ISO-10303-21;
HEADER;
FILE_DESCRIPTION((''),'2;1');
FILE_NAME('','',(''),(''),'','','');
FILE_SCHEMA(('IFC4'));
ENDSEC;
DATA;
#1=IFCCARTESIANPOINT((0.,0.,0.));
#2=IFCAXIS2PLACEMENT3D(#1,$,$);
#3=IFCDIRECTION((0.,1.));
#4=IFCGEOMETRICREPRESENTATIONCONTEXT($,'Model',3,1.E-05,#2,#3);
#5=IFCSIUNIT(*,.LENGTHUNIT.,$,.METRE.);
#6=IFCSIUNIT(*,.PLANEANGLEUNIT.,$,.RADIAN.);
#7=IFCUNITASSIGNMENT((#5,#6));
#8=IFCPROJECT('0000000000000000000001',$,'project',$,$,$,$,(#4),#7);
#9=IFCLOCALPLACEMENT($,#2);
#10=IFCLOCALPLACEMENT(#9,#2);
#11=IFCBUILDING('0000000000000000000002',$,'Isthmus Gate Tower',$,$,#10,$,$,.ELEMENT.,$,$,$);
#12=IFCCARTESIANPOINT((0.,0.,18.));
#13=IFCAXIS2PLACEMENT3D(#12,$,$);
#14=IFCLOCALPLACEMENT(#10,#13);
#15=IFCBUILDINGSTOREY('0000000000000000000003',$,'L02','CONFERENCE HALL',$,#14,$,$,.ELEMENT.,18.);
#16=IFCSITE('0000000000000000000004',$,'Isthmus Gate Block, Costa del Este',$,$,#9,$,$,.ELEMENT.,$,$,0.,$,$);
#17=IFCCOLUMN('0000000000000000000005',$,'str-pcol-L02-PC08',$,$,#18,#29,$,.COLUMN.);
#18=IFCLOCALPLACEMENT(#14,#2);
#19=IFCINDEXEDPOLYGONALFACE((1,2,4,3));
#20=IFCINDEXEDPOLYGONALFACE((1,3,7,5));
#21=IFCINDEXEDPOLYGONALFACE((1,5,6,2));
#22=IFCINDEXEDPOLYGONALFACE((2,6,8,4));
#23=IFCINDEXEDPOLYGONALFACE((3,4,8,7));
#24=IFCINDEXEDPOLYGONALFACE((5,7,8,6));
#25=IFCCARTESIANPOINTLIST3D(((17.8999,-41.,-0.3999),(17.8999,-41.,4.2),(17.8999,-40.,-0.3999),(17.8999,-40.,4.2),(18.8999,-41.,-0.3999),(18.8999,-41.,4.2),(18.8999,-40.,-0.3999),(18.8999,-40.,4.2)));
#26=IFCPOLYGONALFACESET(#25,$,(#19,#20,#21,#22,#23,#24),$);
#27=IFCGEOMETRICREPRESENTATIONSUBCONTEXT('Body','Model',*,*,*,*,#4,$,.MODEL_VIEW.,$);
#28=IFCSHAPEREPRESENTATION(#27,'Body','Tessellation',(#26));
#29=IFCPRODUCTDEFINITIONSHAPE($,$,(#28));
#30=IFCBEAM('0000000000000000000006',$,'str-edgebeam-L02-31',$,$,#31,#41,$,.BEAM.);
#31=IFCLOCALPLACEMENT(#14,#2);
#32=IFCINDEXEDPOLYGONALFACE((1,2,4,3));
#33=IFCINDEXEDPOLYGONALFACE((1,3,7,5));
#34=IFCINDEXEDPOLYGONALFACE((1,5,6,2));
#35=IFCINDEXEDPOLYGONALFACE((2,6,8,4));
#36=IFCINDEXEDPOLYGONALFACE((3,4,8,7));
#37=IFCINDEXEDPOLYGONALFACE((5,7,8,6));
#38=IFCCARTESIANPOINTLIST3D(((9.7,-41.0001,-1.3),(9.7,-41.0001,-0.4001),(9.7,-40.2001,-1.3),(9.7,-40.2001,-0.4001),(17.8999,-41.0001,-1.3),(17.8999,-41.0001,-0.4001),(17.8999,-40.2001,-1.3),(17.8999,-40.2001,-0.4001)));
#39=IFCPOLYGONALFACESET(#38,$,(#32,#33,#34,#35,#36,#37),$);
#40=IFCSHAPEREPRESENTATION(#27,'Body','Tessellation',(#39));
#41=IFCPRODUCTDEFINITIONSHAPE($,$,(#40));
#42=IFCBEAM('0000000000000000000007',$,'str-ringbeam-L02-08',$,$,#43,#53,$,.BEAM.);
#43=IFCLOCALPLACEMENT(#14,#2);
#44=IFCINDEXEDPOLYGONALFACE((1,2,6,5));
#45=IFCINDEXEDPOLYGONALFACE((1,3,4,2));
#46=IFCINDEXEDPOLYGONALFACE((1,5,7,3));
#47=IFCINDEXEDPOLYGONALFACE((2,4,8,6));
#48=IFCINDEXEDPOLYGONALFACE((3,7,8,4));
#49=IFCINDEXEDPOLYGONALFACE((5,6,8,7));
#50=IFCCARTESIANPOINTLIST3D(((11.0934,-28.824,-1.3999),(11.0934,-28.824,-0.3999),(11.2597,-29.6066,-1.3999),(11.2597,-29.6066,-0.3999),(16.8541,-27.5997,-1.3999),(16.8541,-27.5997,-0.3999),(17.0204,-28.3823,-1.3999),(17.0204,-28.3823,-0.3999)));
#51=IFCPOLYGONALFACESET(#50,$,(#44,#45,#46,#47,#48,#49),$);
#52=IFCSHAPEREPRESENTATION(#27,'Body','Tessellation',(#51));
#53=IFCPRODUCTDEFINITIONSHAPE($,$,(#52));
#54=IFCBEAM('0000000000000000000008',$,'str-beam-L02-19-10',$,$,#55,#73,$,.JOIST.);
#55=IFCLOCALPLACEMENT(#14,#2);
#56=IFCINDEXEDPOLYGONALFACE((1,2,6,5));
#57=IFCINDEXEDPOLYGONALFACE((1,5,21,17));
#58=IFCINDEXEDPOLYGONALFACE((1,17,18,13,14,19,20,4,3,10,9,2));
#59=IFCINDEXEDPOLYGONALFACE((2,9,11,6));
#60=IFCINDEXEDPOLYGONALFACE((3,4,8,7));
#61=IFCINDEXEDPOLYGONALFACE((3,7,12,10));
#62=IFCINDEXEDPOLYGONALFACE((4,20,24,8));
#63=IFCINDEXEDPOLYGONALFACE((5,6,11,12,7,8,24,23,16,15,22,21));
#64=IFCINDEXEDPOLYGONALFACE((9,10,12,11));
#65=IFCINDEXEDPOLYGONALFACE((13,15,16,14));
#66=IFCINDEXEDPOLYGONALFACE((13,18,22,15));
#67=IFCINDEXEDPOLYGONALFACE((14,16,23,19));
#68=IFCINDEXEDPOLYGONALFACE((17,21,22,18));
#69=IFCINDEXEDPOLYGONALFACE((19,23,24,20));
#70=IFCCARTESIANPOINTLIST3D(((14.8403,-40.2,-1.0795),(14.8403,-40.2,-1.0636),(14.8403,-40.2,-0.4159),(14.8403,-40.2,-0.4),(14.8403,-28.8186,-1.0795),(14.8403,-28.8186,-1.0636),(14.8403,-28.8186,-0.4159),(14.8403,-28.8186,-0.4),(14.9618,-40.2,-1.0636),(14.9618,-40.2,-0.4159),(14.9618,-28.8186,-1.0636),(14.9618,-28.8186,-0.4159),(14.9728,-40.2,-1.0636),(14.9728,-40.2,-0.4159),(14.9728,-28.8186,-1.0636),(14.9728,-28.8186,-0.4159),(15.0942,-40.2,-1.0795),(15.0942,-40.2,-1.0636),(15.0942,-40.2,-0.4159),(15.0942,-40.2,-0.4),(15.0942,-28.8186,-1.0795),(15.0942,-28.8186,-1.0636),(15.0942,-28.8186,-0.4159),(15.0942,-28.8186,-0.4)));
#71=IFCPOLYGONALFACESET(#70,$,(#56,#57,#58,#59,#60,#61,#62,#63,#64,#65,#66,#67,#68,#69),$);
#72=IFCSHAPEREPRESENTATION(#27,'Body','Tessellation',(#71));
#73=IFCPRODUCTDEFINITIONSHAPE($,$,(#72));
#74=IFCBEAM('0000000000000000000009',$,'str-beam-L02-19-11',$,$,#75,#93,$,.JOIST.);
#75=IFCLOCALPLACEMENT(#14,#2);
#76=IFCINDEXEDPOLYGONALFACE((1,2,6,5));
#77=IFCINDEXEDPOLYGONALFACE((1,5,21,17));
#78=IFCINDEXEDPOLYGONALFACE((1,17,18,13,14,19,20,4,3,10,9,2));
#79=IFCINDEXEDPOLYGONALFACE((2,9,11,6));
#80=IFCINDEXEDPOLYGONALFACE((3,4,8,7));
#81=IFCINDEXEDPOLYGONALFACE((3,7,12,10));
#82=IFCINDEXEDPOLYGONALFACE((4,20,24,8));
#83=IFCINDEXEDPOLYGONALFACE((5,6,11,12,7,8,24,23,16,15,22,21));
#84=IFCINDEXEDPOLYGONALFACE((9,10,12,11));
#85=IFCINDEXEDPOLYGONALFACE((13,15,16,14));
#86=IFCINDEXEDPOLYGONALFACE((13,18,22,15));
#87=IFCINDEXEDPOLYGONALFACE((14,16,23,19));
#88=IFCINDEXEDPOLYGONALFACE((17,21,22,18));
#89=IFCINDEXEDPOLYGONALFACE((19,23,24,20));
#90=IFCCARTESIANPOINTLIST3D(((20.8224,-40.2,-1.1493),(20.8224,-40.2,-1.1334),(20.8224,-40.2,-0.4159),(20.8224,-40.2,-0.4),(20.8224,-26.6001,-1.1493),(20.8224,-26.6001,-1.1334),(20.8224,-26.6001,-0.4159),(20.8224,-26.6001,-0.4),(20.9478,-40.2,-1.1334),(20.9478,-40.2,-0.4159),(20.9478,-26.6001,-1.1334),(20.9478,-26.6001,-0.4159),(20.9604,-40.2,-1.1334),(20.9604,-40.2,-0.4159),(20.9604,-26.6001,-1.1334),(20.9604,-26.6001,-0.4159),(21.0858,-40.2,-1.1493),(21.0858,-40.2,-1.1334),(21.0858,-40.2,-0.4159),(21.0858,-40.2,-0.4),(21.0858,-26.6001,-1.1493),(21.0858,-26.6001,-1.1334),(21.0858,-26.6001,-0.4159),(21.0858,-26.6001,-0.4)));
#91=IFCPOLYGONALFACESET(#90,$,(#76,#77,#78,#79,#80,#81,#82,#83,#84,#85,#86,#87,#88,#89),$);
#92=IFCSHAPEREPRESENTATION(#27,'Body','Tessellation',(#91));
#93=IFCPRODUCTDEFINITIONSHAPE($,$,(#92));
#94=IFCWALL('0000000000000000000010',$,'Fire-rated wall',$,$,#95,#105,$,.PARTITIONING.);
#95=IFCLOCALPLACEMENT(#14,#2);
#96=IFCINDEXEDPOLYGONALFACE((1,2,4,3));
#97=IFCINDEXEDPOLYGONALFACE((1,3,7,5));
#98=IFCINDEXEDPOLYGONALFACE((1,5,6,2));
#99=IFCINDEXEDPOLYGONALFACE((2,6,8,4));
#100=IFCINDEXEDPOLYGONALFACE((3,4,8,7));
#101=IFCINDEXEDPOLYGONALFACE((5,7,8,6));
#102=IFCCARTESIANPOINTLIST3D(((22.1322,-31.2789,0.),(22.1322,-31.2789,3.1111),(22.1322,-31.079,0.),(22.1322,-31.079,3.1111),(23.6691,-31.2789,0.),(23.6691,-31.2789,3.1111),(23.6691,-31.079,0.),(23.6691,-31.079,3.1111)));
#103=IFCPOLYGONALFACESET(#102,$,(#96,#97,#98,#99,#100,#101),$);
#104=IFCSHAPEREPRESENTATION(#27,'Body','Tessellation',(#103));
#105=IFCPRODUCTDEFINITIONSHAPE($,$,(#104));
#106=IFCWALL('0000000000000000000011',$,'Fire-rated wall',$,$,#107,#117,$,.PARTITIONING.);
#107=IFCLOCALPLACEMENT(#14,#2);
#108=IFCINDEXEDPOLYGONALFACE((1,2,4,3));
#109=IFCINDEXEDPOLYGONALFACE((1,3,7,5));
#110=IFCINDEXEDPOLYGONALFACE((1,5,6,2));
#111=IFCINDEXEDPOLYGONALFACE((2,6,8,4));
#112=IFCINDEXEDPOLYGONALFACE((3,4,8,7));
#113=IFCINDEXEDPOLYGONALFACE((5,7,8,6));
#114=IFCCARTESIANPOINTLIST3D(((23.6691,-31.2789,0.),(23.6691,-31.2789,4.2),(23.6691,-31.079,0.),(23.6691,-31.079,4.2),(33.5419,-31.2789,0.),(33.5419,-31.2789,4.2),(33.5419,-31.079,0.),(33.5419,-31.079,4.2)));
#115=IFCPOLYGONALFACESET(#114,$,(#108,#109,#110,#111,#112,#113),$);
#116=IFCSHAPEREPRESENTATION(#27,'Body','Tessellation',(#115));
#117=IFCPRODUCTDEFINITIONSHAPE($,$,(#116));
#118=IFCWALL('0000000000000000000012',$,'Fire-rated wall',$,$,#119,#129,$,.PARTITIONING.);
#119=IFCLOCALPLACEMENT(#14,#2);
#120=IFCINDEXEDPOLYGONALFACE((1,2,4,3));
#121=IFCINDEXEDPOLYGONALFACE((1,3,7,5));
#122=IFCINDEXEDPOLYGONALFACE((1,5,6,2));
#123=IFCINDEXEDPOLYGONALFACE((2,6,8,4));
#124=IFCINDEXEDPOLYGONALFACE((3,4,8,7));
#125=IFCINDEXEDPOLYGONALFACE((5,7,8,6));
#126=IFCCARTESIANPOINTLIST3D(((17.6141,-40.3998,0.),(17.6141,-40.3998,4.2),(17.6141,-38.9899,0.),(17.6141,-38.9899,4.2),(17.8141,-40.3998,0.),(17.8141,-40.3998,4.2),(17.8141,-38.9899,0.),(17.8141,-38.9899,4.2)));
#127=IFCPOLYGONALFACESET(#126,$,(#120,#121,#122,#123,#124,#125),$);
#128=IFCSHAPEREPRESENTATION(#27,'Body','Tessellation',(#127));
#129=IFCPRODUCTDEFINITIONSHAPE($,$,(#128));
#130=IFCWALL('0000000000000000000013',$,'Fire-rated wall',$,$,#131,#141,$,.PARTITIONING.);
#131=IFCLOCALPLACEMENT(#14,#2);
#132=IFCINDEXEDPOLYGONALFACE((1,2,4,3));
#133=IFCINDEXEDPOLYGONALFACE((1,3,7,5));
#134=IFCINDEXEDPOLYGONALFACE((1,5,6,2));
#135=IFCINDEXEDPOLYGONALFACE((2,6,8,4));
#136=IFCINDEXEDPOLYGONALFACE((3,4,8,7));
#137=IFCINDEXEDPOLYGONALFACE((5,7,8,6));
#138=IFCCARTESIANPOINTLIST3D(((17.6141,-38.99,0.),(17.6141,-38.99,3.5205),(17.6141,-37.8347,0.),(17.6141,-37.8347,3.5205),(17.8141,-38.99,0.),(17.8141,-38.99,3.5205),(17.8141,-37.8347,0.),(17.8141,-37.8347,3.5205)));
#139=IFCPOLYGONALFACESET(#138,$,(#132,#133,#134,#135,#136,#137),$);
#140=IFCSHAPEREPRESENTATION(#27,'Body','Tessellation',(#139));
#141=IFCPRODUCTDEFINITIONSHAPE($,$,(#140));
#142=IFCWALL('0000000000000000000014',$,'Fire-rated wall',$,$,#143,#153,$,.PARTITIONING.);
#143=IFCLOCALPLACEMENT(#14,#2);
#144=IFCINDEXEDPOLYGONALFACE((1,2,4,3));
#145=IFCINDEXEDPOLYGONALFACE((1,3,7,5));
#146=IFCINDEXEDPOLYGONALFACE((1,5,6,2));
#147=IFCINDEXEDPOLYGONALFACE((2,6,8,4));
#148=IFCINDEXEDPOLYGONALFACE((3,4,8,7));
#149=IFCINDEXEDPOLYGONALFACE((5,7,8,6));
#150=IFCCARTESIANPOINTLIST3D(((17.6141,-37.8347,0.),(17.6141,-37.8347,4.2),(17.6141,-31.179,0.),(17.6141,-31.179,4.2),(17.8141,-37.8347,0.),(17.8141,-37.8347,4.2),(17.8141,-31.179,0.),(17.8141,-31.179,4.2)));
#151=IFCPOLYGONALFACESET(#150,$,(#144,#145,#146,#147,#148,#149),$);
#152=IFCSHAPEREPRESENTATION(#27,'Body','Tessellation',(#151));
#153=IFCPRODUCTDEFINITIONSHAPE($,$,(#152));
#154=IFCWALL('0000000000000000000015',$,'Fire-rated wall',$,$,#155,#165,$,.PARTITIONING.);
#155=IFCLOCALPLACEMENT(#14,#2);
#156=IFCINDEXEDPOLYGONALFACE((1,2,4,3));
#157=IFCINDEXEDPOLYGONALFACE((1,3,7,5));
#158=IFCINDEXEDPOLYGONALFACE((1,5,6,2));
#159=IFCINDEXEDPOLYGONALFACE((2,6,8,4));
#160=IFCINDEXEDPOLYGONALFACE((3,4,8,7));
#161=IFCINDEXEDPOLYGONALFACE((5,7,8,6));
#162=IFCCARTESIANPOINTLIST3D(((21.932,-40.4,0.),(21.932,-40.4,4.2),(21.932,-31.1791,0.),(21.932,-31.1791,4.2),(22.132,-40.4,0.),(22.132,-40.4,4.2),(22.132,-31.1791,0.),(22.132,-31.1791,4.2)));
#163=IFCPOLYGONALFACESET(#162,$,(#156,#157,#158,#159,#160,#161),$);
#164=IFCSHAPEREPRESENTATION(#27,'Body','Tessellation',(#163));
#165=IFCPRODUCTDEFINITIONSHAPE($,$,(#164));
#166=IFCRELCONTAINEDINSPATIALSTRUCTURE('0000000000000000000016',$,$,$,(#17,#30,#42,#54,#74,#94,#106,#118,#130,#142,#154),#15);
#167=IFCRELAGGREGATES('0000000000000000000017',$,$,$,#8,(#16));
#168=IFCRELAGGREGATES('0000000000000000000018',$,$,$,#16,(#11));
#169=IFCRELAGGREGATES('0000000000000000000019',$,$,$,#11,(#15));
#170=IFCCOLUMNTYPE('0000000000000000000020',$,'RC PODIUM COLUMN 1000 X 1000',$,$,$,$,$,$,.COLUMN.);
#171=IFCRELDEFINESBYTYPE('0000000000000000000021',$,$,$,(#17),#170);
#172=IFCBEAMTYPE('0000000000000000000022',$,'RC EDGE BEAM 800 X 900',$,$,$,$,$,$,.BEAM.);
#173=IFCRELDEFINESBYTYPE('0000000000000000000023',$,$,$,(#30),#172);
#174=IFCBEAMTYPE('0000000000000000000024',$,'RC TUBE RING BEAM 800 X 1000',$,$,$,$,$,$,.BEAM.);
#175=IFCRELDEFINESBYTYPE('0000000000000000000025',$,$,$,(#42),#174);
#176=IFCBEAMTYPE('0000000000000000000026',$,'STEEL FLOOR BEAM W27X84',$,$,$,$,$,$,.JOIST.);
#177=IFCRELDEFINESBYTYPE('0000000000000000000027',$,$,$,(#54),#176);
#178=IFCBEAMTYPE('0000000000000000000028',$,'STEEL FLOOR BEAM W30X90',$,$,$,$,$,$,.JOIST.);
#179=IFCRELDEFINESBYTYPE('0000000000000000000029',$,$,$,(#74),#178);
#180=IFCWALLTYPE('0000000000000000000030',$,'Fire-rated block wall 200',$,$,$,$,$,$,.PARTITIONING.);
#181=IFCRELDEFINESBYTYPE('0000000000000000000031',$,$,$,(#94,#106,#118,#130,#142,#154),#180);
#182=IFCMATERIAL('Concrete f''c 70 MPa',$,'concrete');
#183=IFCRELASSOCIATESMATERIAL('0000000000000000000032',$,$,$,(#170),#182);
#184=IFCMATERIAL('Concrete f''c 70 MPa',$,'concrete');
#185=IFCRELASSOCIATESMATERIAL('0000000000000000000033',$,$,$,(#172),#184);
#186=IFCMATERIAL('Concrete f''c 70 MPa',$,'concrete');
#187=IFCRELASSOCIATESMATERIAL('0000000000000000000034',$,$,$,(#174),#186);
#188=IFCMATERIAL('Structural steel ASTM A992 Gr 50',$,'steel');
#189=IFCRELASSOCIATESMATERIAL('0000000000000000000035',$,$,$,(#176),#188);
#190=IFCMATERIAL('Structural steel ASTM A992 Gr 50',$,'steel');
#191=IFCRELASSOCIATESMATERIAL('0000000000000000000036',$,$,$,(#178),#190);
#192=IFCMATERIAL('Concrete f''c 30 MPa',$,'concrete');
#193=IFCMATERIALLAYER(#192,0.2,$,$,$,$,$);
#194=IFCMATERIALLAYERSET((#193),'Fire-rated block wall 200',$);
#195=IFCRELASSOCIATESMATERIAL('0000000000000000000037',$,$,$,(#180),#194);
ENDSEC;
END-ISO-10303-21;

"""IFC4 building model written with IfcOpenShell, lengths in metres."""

from ifc_helpers import new_model, si_unit, direction, frame, frame_2d, origin, origin_2d, place, context, subcontext, project, spatial, rectangle, i_section, extrude, material, layer, layer_set, material_profile, profile_set, type_object, element, save


model = new_model("IFC4")

# Units and contexts
model_context = context("Model", 3, precision=1e-05, world=origin(), true_north=direction((0.0, 1.0)))
body_context = subcontext(model_context, "Body", "Model", "MODEL_VIEW")
ifc_project = project(units=[si_unit("LENGTHUNIT", "METRE"), si_unit("PLANEANGLEUNIT", "RADIAN")], contexts=[model_context])

# Site, building, storey
site_placement = place(None, origin())
site = spatial("IfcSite", under=ifc_project, at=site_placement, Name="Isthmus Gate Block, Costa del Este", CompositionType="ELEMENT", RefElevation=0.0)
building_placement = place(site_placement, origin())
building = spatial("IfcBuilding", under=site, at=building_placement, Name="Isthmus Gate Tower", CompositionType="ELEMENT")
storey_placement = place(building_placement, frame((0.0, 0.0, 18.0)))
storey = spatial("IfcBuildingStorey", under=building, at=storey_placement, Name="L02", Description="CONFERENCE HALL", CompositionType="ELEMENT", Elevation=18.0)

# Column
ifc_material_1 = material(Name="Concrete f'c 70 MPa", Category="concrete")
ifc_material_profile_1 = material_profile(ifc_material_1, rectangle(XDim=1.0, YDim=1.0, at=origin_2d()), Name="RC 1000X1000")
ifc_profile_set_1 = profile_set([ifc_material_profile_1], Name="Concrete f'c 70 MPa")
column_type = type_object("IfcColumnType", Name="RC PODIUM COLUMN 1000 X 1000", PredefinedType="COLUMN", material=ifc_profile_set_1)
column_placement = place(storey_placement, frame((18.3999, -40.5, -0.3999), z_axis=(0.0, 0.0, 1.0), x_axis=(1.0, 0.0, 0.0)))
element("IfcColumn", 1, at=column_placement, inside=storey, type_object=column_type, Name="str-pcol-L02-PC08", PredefinedType="COLUMN", context=body_context, shape_type="SweptSolid", body=[
    extrude(rectangle(XDim=1.0, YDim=1.0, at=origin_2d()), origin(), (0.0, 0.0, 1.0), 4.5999),
])

# Beams
ifc_material_2 = material(Name="Concrete f'c 70 MPa", Category="concrete")
ifc_material_profile_2 = material_profile(ifc_material_2, rectangle(XDim=0.8, YDim=0.8999, at=origin_2d()), Name="RC 800X900")
ifc_profile_set_2 = profile_set([ifc_material_profile_2], Name="Concrete f'c 70 MPa")
beam_type_1 = type_object("IfcBeamType", Name="RC EDGE BEAM 800 X 900", PredefinedType="BEAM", material=ifc_profile_set_2)
beam_1_placement = place(storey_placement, frame((17.8999, -40.6001, -0.8501), z_axis=(-1.0, 0.0, 0.0), x_axis=(0.0, -1.0, 0.0)))
element("IfcBeam", 2, at=beam_1_placement, inside=storey, type_object=beam_type_1, Name="str-edgebeam-L02-31", PredefinedType="BEAM", context=body_context, shape_type="SweptSolid", body=[
    extrude(rectangle(XDim=0.8, YDim=0.8999, at=origin_2d()), origin(), (0.0, 0.0, 1.0), 8.2),
])
ifc_material_3 = material(Name="Concrete f'c 70 MPa", Category="concrete")
ifc_material_profile_3 = material_profile(ifc_material_3, rectangle(XDim=0.8, YDim=1.0, at=origin_2d()), Name="RC 800X1000")
ifc_profile_set_3 = profile_set([ifc_material_profile_3], Name="Concrete f'c 70 MPa")
beam_type_2 = type_object("IfcBeamType", Name="RC TUBE RING BEAM 800 X 1000", PredefinedType="BEAM", material=ifc_profile_set_3)
beam_2_placement = place(storey_placement, frame((16.9373, -27.991, -0.8999), z_axis=(-0.978152, -0.207892, 0.0), x_axis=(0.207892, -0.978152, 0.0)))
element("IfcBeam", 3, at=beam_2_placement, inside=storey, type_object=beam_type_2, Name="str-ringbeam-L02-08", PredefinedType="BEAM", context=body_context, shape_type="SweptSolid", body=[
    extrude(rectangle(XDim=0.8, YDim=1.0, at=origin_2d()), origin(), (0.0, 0.0, 1.0), 5.8894),
])
ifc_material_4 = material(Name="Structural steel ASTM A992 Gr 50", Category="steel")
ifc_material_profile_4 = material_profile(ifc_material_4, i_section(OverallWidth=0.2539, OverallDepth=0.6794, WebThickness=0.011, FlangeThickness=0.0159, at=origin_2d()), Name="W27X84")
ifc_profile_set_4 = profile_set([ifc_material_profile_4], Name="Structural steel ASTM A992 Gr 50")
beam_type_3 = type_object("IfcBeamType", Name="STEEL FLOOR BEAM W27X84", PredefinedType="JOIST", material=ifc_profile_set_4)
beam_3_placement = place(storey_placement, frame((14.9673, -40.2, -0.7397), z_axis=(0.0, 1.0, 0.0), x_axis=(-1.0, 0.0, 0.0)))
element("IfcBeam", 4, at=beam_3_placement, inside=storey, type_object=beam_type_3, Name="str-beam-L02-19-10", PredefinedType="JOIST", context=body_context, shape_type="SweptSolid", body=[
    extrude(i_section(OverallWidth=0.2539, OverallDepth=0.6794, WebThickness=0.011, FlangeThickness=0.0159, at=origin_2d()), origin(), (0.0, 0.0, 1.0), 11.3813),
])
ifc_material_5 = material(Name="Structural steel ASTM A992 Gr 50", Category="steel")
ifc_material_profile_5 = material_profile(ifc_material_5, i_section(OverallWidth=0.2634, OverallDepth=0.7493, WebThickness=0.0127, FlangeThickness=0.0159, at=origin_2d()), Name="W30X90")
ifc_profile_set_5 = profile_set([ifc_material_profile_5], Name="Structural steel ASTM A992 Gr 50")
beam_type_4 = type_object("IfcBeamType", Name="STEEL FLOOR BEAM W30X90", PredefinedType="JOIST", material=ifc_profile_set_5)
beam_4_placement = place(storey_placement, frame((20.9541, -40.2, -0.7747), z_axis=(0.0, 1.0, 0.0), x_axis=(-1.0, 0.0, 0.0)))
element("IfcBeam", 5, at=beam_4_placement, inside=storey, type_object=beam_type_4, Name="str-beam-L02-19-11", PredefinedType="JOIST", context=body_context, shape_type="SweptSolid", body=[
    extrude(i_section(OverallWidth=0.2634, OverallDepth=0.7493, WebThickness=0.0127, FlangeThickness=0.0159, at=origin_2d()), origin(), (0.0, 0.0, 1.0), 13.5999),
])

# Walls
ifc_material_6 = material(Name="Concrete f'c 30 MPa", Category="concrete")
ifc_layer_1 = layer(ifc_material_6, 0.2)
ifc_layer_set_1 = layer_set([ifc_layer_1], Name="Fire-rated block wall 200")
wall_type_1 = type_object("IfcWallType", Name="Fire-rated block wall 200", PredefinedType="PARTITIONING", material=ifc_layer_set_1)
wall_1_placement = place(storey_placement, frame((22.1321, -31.179, 0.0), z_axis=(0.0, 0.0, 1.0), x_axis=(1.0, 0.0, 0.0)))
element("IfcWall", 6, at=wall_1_placement, inside=storey, type_object=wall_type_1, Name="Fire-rated wall", PredefinedType="PARTITIONING", context=body_context, shape_type="SweptSolid", body=[
    extrude(rectangle(XDim=1.5369, YDim=0.2, at=frame_2d((0.7686, 0.0))), origin(), (0.0, 0.0, 1.0), 3.1111),
])
wall_2_placement = place(storey_placement, frame((23.6689, -31.179, 0.0), z_axis=(0.0, 0.0, 1.0), x_axis=(1.0, 0.0, 0.0)))
element("IfcWall", 7, at=wall_2_placement, inside=storey, type_object=wall_type_1, Name="Fire-rated wall", PredefinedType="PARTITIONING", context=body_context, shape_type="SweptSolid", body=[
    extrude(rectangle(XDim=9.8728, YDim=0.2, at=frame_2d((4.9365, 0.0))), origin(), (0.0, 0.0, 1.0), 4.2),
])
wall_3_placement = place(storey_placement, frame((17.7141, -40.3999, 0.0), z_axis=(0.0, 0.0, 1.0), x_axis=(0.0, 1.0, 0.0)))
element("IfcWall", 8, at=wall_3_placement, inside=storey, type_object=wall_type_1, Name="Fire-rated wall", PredefinedType="PARTITIONING", context=body_context, shape_type="SweptSolid", body=[
    extrude(rectangle(XDim=1.4099, YDim=0.2, at=frame_2d((0.7051, 0.0))), origin(), (0.0, 0.0, 1.0), 4.2),
])
wall_4_placement = place(storey_placement, frame((17.7141, -38.99, 0.0), z_axis=(0.0, 0.0, 1.0), x_axis=(0.0, 1.0, 0.0)))
element("IfcWall", 9, at=wall_4_placement, inside=storey, type_object=wall_type_1, Name="Fire-rated wall", PredefinedType="PARTITIONING", context=body_context, shape_type="SweptSolid", body=[
    extrude(rectangle(XDim=1.1553, YDim=0.2, at=frame_2d((0.5776, 0.0))), origin(), (0.0, 0.0, 1.0), 3.5205),
])
wall_5_placement = place(storey_placement, frame((17.7141, -37.8347, 0.0), z_axis=(0.0, 0.0, 1.0), x_axis=(0.0, 1.0, 0.0)))
element("IfcWall", 10, at=wall_5_placement, inside=storey, type_object=wall_type_1, Name="Fire-rated wall", PredefinedType="PARTITIONING", context=body_context, shape_type="SweptSolid", body=[
    extrude(rectangle(XDim=6.6558, YDim=0.2, at=frame_2d((3.3279, 0.0))), origin(), (0.0, 0.0, 1.0), 4.2),
])
wall_6_placement = place(storey_placement, frame((22.032, -40.3999, 0.0), z_axis=(0.0, 0.0, 1.0), x_axis=(0.0, 1.0, 0.0)))
element("IfcWall", 11, at=wall_6_placement, inside=storey, type_object=wall_type_1, Name="Fire-rated wall", PredefinedType="PARTITIONING", context=body_context, shape_type="SweptSolid", body=[
    extrude(rectangle(XDim=9.2209, YDim=0.2, at=frame_2d((4.6104, 0.0))), origin(), (0.0, 0.0, 1.0), 4.2),
])

save(model, "model.ifc")
